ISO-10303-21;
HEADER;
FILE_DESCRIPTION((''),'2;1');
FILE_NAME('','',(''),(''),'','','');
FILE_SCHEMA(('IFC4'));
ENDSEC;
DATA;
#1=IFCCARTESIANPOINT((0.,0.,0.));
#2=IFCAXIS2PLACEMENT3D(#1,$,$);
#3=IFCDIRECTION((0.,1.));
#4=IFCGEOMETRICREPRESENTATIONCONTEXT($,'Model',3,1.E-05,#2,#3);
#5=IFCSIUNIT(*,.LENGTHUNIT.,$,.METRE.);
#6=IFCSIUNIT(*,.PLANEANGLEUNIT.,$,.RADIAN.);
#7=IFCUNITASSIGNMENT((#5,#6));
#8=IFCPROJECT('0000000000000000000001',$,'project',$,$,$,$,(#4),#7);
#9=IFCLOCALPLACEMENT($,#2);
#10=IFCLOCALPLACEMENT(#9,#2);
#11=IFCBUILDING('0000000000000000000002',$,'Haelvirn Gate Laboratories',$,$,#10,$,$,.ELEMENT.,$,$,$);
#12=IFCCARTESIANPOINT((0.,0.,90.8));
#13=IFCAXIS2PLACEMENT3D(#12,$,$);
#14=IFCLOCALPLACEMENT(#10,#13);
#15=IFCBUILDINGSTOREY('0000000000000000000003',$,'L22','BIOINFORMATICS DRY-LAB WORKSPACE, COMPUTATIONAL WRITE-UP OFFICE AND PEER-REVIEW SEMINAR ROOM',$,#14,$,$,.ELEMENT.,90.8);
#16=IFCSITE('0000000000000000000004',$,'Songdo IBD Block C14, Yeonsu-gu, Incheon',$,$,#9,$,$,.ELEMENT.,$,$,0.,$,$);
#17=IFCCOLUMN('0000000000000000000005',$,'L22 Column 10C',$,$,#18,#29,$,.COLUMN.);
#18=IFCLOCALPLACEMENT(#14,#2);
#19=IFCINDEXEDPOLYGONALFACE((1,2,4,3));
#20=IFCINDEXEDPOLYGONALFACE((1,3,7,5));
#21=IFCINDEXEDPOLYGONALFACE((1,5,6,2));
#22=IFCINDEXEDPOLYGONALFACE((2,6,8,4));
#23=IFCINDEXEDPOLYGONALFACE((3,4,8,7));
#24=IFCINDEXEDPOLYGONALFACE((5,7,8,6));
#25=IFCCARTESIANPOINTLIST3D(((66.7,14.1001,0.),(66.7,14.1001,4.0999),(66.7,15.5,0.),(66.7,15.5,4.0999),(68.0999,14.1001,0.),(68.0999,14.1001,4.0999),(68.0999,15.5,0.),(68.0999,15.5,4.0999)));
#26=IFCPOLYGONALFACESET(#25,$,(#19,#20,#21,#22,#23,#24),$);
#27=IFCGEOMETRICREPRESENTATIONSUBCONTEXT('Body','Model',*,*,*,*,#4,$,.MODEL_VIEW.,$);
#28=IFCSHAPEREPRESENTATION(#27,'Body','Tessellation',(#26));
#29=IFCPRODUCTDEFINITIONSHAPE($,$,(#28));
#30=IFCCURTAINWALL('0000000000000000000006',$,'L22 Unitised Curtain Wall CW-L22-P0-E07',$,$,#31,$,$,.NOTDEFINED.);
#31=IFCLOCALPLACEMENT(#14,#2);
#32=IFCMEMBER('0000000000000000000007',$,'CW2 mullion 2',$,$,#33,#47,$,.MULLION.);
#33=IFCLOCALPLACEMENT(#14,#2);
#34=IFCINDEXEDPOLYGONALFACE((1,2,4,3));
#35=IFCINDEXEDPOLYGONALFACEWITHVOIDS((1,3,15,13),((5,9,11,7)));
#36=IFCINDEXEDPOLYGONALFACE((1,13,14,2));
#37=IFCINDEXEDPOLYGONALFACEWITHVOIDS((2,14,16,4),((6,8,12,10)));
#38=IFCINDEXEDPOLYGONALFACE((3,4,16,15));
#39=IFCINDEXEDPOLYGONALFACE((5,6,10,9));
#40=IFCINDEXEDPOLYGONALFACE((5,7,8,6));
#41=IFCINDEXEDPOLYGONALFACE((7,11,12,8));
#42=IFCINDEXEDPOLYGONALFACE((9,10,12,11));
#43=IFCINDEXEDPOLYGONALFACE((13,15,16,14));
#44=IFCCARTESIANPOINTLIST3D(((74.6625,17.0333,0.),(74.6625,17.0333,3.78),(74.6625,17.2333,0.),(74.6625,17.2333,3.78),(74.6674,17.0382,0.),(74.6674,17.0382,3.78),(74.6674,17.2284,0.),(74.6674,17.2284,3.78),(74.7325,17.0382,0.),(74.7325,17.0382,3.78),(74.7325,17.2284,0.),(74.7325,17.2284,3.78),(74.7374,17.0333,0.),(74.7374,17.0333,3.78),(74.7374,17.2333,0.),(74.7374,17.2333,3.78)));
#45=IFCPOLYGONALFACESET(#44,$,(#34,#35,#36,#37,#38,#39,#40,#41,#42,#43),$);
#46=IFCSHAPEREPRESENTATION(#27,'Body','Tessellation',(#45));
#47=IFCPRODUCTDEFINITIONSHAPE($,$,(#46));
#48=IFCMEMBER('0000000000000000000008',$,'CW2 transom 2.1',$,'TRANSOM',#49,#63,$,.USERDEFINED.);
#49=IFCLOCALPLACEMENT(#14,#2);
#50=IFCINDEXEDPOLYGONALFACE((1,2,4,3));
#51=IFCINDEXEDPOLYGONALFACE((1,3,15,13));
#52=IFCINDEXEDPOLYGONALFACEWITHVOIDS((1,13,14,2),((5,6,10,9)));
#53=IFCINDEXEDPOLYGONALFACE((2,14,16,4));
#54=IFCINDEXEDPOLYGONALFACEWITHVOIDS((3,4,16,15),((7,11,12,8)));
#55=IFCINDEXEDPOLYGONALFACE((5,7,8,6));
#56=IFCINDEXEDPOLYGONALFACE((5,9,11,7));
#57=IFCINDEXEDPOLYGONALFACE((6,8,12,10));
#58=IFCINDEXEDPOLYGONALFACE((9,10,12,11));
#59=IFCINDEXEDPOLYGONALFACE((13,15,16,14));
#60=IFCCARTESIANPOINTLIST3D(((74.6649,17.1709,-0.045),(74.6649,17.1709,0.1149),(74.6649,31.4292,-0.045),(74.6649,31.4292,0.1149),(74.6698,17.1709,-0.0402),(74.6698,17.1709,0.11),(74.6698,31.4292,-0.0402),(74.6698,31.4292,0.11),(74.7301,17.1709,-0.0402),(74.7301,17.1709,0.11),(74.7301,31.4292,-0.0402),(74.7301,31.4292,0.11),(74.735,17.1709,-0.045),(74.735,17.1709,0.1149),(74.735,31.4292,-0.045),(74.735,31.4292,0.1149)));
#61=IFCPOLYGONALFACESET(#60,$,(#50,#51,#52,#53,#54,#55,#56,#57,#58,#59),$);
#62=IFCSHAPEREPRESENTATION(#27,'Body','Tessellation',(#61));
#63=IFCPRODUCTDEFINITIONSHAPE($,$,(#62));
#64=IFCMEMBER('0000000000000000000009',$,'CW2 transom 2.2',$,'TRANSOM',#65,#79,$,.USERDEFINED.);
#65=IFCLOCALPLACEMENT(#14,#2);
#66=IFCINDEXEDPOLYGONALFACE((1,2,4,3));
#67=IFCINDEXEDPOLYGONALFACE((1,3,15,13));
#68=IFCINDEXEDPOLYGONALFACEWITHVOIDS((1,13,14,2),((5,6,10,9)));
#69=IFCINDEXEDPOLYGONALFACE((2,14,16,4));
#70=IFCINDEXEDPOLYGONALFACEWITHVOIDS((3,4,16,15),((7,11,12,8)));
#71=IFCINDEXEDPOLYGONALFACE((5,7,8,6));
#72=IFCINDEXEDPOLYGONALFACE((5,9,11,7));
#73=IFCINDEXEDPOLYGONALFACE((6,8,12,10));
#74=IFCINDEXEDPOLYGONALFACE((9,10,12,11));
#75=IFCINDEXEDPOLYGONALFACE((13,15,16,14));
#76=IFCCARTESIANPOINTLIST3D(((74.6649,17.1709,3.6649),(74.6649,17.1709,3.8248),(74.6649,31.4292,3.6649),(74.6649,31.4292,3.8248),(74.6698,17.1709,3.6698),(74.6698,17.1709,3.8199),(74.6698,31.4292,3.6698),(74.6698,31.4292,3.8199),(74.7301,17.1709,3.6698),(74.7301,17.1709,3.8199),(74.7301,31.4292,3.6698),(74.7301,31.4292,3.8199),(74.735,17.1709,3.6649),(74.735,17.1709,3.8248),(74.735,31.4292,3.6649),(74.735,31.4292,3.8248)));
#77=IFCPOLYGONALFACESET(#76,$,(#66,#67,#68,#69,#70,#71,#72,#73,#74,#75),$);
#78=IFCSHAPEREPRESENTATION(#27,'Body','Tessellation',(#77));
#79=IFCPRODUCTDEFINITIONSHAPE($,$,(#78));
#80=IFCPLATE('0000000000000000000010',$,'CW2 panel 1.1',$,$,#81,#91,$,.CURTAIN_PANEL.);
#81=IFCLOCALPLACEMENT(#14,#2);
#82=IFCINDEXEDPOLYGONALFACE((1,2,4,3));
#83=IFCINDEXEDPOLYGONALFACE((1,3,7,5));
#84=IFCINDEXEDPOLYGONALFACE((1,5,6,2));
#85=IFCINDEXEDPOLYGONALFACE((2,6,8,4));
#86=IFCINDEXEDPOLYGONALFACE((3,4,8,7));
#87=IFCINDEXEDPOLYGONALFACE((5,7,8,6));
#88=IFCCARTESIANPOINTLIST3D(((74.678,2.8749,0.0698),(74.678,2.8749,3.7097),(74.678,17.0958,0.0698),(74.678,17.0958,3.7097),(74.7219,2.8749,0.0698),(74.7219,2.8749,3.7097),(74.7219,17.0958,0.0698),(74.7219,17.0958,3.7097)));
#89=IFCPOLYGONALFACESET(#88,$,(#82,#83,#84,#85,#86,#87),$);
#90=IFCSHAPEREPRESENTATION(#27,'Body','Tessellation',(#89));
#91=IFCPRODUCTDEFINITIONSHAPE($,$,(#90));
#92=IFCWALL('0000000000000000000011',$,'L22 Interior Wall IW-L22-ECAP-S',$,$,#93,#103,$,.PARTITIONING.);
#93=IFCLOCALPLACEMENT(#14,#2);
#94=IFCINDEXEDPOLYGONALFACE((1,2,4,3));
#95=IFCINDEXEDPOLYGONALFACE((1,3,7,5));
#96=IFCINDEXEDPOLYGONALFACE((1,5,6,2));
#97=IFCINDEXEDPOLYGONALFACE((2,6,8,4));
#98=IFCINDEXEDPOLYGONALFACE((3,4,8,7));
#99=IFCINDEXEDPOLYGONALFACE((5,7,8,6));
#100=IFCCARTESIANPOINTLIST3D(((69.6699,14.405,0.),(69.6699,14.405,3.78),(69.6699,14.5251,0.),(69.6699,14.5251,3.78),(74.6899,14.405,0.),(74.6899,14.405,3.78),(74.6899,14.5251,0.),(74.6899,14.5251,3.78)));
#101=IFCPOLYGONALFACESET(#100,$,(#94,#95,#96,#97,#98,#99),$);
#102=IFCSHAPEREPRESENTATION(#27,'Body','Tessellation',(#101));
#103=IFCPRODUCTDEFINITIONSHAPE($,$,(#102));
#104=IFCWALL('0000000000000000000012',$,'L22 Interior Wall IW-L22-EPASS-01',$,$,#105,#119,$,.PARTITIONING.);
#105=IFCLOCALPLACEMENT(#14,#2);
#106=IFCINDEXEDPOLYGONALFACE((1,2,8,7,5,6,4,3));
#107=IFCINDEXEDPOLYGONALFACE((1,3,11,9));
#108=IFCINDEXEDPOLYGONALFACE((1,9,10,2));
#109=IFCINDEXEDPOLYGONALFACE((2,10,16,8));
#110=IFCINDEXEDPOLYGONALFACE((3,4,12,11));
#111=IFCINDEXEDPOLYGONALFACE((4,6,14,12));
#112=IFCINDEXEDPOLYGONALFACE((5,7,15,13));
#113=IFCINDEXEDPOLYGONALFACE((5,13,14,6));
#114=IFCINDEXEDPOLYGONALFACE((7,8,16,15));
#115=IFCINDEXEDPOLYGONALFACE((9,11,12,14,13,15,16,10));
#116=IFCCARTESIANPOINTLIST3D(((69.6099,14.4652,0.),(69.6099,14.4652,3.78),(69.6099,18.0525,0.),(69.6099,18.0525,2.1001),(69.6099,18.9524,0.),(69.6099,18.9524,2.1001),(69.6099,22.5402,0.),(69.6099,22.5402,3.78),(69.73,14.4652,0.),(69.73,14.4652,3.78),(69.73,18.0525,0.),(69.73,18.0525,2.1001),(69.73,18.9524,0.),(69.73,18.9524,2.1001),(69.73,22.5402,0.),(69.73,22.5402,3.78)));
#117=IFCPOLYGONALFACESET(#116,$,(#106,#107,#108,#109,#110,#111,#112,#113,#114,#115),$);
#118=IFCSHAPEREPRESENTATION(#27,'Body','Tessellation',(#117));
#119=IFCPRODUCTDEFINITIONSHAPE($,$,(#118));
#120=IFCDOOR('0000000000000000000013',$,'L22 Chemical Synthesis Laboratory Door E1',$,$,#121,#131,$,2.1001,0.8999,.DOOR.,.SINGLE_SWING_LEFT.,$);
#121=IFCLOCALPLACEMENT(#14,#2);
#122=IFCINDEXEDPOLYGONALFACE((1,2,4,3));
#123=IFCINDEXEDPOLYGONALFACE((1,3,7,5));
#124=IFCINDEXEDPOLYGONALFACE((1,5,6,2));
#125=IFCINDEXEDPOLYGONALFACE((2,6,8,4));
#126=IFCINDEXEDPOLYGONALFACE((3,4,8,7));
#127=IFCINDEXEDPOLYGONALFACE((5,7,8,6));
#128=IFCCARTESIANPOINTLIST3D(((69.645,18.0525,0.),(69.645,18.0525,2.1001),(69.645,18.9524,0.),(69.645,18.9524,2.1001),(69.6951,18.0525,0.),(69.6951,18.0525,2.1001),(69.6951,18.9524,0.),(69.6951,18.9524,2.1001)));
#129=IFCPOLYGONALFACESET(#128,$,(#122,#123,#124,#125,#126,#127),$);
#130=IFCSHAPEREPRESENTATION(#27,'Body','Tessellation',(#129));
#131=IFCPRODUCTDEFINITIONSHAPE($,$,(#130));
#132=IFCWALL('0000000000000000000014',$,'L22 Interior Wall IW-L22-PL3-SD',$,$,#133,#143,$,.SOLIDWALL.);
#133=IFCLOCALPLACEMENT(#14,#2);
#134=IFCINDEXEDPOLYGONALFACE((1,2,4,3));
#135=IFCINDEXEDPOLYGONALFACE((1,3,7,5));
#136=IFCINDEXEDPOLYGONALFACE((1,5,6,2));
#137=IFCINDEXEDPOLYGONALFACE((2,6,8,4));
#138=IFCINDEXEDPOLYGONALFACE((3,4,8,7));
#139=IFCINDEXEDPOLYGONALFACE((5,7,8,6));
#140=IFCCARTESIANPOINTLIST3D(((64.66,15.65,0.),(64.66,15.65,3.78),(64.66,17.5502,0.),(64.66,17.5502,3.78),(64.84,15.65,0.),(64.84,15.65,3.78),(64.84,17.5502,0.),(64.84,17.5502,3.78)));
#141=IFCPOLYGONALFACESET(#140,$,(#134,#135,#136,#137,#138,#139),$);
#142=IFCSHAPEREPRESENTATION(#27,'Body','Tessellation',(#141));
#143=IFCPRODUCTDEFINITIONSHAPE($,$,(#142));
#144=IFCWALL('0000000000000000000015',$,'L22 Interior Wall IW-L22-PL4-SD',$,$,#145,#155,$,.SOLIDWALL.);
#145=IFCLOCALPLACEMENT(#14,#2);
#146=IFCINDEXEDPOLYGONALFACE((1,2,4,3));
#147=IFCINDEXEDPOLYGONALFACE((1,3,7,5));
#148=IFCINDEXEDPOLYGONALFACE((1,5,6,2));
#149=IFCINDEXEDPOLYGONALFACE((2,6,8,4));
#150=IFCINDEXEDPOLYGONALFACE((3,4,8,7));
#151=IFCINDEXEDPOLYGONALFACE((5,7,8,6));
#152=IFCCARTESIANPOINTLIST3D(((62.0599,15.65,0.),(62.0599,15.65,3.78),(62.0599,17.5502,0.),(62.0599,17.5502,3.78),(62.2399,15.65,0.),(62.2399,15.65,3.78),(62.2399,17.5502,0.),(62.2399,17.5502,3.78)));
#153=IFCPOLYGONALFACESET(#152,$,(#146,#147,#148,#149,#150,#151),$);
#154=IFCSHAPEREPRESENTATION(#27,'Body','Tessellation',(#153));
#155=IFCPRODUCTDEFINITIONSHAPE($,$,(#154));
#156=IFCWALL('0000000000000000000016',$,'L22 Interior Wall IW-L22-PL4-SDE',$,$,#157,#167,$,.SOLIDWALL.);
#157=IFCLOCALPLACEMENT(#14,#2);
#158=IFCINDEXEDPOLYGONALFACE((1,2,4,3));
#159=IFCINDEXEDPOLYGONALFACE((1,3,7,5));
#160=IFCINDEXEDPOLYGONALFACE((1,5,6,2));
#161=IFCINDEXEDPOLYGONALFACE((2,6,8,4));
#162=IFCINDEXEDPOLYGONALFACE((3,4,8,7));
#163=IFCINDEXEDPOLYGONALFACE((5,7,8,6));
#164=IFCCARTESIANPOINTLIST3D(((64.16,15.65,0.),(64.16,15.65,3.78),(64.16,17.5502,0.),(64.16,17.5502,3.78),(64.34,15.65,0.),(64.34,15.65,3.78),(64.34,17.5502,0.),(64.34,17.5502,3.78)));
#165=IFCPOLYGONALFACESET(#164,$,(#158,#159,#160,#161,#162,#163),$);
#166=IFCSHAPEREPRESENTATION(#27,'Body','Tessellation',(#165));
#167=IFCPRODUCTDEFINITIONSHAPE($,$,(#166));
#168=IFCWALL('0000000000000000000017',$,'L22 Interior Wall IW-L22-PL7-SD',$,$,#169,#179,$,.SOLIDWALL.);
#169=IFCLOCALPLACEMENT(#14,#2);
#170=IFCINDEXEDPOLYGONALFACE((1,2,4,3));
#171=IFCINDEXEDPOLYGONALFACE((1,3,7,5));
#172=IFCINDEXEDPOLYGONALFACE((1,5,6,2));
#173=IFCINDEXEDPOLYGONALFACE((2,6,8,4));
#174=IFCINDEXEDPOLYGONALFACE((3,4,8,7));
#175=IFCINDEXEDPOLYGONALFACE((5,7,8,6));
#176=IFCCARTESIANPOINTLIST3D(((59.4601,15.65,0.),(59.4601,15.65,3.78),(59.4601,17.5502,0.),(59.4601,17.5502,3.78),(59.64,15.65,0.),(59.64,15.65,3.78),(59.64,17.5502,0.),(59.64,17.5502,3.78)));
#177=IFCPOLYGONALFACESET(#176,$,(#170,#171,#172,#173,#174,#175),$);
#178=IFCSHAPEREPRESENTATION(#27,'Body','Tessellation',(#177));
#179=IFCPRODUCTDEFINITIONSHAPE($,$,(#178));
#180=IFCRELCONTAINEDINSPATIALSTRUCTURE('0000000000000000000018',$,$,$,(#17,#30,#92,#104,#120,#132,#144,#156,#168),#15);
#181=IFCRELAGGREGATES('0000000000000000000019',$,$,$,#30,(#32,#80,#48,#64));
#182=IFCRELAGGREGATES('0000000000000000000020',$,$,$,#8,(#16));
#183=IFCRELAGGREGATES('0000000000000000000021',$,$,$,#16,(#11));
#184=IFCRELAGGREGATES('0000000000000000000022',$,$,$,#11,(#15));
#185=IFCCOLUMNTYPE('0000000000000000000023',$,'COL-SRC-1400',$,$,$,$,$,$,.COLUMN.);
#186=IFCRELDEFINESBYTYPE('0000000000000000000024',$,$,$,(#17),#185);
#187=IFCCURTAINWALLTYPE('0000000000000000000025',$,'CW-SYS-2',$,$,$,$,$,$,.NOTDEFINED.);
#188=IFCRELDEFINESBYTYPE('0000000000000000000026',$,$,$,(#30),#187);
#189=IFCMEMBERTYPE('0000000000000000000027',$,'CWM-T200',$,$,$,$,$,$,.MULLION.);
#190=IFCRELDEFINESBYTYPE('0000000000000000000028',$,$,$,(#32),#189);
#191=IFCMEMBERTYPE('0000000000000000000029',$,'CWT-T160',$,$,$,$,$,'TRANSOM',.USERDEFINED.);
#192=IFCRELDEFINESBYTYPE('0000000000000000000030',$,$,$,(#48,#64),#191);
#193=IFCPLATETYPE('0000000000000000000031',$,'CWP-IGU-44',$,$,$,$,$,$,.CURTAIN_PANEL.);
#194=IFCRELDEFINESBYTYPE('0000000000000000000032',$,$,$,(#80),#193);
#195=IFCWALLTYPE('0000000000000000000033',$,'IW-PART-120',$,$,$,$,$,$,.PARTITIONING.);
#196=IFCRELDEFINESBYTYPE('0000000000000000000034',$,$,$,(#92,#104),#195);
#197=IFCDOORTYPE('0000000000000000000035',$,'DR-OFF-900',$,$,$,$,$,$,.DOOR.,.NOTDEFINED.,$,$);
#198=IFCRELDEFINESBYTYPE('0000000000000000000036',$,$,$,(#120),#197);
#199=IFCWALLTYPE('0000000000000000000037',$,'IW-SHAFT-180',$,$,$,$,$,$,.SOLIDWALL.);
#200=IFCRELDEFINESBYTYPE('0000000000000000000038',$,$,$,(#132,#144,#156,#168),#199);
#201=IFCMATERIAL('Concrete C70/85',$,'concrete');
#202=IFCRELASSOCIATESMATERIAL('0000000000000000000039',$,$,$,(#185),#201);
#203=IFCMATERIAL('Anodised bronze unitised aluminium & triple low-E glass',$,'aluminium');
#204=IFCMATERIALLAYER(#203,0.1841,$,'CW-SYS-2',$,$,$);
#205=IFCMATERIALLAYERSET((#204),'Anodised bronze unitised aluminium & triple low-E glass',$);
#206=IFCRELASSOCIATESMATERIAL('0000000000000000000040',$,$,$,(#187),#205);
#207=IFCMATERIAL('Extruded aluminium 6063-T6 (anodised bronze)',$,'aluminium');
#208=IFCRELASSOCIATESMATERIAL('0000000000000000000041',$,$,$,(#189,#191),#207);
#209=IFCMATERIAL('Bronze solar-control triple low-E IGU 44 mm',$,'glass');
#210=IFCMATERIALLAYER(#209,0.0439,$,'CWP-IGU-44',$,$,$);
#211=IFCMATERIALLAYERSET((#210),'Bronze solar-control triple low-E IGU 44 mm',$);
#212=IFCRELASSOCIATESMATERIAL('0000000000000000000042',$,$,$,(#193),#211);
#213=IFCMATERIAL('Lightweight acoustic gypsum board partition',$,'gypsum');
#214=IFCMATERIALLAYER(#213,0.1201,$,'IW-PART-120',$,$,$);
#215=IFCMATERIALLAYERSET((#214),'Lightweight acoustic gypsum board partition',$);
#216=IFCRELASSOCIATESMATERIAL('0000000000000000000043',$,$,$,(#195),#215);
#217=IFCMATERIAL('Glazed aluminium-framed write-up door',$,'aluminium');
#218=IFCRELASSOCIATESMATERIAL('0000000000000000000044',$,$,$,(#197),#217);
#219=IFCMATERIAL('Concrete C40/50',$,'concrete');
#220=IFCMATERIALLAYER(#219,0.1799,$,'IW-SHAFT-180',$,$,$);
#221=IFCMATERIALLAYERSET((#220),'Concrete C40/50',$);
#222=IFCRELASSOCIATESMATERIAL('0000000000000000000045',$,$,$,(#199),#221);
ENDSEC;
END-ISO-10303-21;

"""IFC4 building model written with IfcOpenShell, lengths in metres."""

from ifc_helpers import new_model, si_unit, direction, frame, frame_2d, origin, origin_2d, place, context, subcontext, project, spatial, rectangle, hollow_rectangle, extrude, source, transform, mapped, material, layer, layer_set, material_profile, profile_set, type_object, type_shapes, element, fill, aggregate, save


model = new_model("IFC4")

# Units and contexts
model_context = context("Model", 3, precision=1e-05, world=origin(), true_north=direction((0.0, 1.0)))
body_context = subcontext(model_context, "Body", "Model", "MODEL_VIEW")
ifc_project = project(units=[si_unit("LENGTHUNIT", "METRE"), si_unit("PLANEANGLEUNIT", "RADIAN")], contexts=[model_context])

# Site, building, storey
site_placement = place(None, origin())
site = spatial("IfcSite", under=ifc_project, at=site_placement, Name="Songdo IBD Block C14, Yeonsu-gu, Incheon", CompositionType="ELEMENT", RefElevation=0.0)
building_placement = place(site_placement, origin())
building = spatial("IfcBuilding", under=site, at=building_placement, Name="Haelvirn Gate Laboratories", CompositionType="ELEMENT")
storey_placement = place(building_placement, frame((0.0, 0.0, 90.8)))
storey = spatial("IfcBuildingStorey", under=building, at=storey_placement, Name="L22", Description="BIOINFORMATICS DRY-LAB WORKSPACE, COMPUTATIONAL WRITE-UP OFFICE AND PEER-REVIEW SEMINAR ROOM", CompositionType="ELEMENT", Elevation=90.8)

# Column
ifc_material_1 = material(Name="Concrete C70/85", Category="concrete")
ifc_material_profile_1 = material_profile(ifc_material_1, rectangle(XDim=1.3999, YDim=1.3999, at=origin_2d()), Name="SRC-1400x1400")
ifc_profile_set_1 = profile_set([ifc_material_profile_1], Name="Concrete C70/85")
column_type = type_object("IfcColumnType", Name="COL-SRC-1400", PredefinedType="COLUMN", material=ifc_profile_set_1)
shared_shape_1 = source(origin(), body_context, "Body", "SweptSolid", [
    extrude(rectangle(XDim=1.3999, YDim=1.3999, at=origin_2d()), origin(), (0.0, 0.0, 1.0), 4.0999),
])
type_shapes(column_type, [shared_shape_1])
column_placement = place(storey_placement, frame((67.3999, 14.8, 0.0), z_axis=(0.0, 0.0, 1.0), x_axis=(1.0, 0.0, 0.0)))
element("IfcColumn", 1, at=column_placement, inside=storey, type_object=column_type, Name="L22 Column 10C", PredefinedType="COLUMN", context=body_context, shape_type="MappedRepresentation", body=[
    mapped(shared_shape_1, transform((0.0, 0.0, 0.0), scale=1.0)),
])

# Curtain wall, members, plate
ifc_material_2 = material(Name="Anodised bronze unitised aluminium & triple low-E glass", Category="aluminium")
ifc_layer_1 = layer(ifc_material_2, 0.1841, Name="CW-SYS-2")
ifc_layer_set_1 = layer_set([ifc_layer_1], Name="Anodised bronze unitised aluminium & triple low-E glass")
curtain_wall_type = type_object("IfcCurtainWallType", Name="CW-SYS-2", PredefinedType="NOTDEFINED", material=ifc_layer_set_1)
curtain_wall_placement = place(storey_placement, origin())
curtain_wall = element("IfcCurtainWall", 2, at=curtain_wall_placement, inside=storey, type_object=curtain_wall_type, Name="L22 Unitised Curtain Wall CW-L22-P0-E07", PredefinedType="NOTDEFINED")
ifc_material_3 = material(Name="Extruded aluminium 6063-T6 (anodised bronze)", Category="aluminium")
ifc_material_profile_2 = material_profile(ifc_material_3, hollow_rectangle(XDim=0.075, YDim=0.2, WallThickness=0.0049, at=origin_2d()), Name="CWM-200x75x5")
ifc_profile_set_2 = profile_set([ifc_material_profile_2], Name="Extruded aluminium 6063-T6 (anodised bronze)")
member_type_1 = type_object("IfcMemberType", Name="CWM-T200", PredefinedType="MULLION", material=ifc_profile_set_2)
shared_shape_2 = source(origin(), body_context, "Body", "SweptSolid", [
    extrude(hollow_rectangle(XDim=0.075, YDim=0.2, WallThickness=0.0049, at=origin_2d()), origin(), (0.0, 0.0, 1.0), 3.78),
])
type_shapes(member_type_1, [shared_shape_2])
member_1_placement = place(storey_placement, frame((74.7, 17.1333, 0.0), z_axis=(0.0, 0.0, 1.0), x_axis=(-1.0, 0.0, 0.0)))
member_1 = element("IfcMember", 3, at=member_1_placement, type_object=member_type_1, Name="CW2 mullion 2", PredefinedType="MULLION", context=body_context, shape_type="MappedRepresentation", body=[
    mapped(shared_shape_2, transform((0.0, 0.0, 0.0), scale=1.0)),
])
ifc_material_profile_3 = material_profile(ifc_material_3, hollow_rectangle(XDim=0.0701, YDim=0.1599, WallThickness=0.0049, at=origin_2d()), Name="CWT-160x70x5")
ifc_profile_set_3 = profile_set([ifc_material_profile_3], Name="Extruded aluminium 6063-T6 (anodised bronze)")
member_type_2 = type_object("IfcMemberType", Name="CWT-T160", ElementType="TRANSOM", PredefinedType="USERDEFINED", material=ifc_profile_set_3)
shared_shape_3 = source(origin(), body_context, "Body", "SweptSolid", [
    extrude(hollow_rectangle(XDim=0.0701, YDim=0.1599, WallThickness=0.0049, at=origin_2d()), origin(), (0.0, 0.0, 1.0), 14.2583),
])
type_shapes(member_type_2, [shared_shape_3])
member_2_placement = place(storey_placement, frame((74.7, 17.1709, 0.0349), z_axis=(0.0, 1.0, 0.0), x_axis=(-1.0, 0.0, 0.0)))
member_2 = element("IfcMember", 4, at=member_2_placement, type_object=member_type_2, Name="CW2 transom 2.1", ObjectType="TRANSOM", PredefinedType="USERDEFINED", context=body_context, shape_type="MappedRepresentation", body=[
    mapped(shared_shape_3, transform((0.0, 0.0, 0.0), scale=1.0)),
])
member_3_placement = place(storey_placement, frame((74.7, 17.1709, 3.7449), z_axis=(0.0, 1.0, 0.0), x_axis=(-1.0, 0.0, 0.0)))
member_3 = element("IfcMember", 5, at=member_3_placement, type_object=member_type_2, Name="CW2 transom 2.2", ObjectType="TRANSOM", PredefinedType="USERDEFINED", context=body_context, shape_type="MappedRepresentation", body=[
    mapped(shared_shape_3, transform((0.0, 0.0, 0.0), scale=1.0)),
])
ifc_material_4 = material(Name="Bronze solar-control triple low-E IGU 44 mm", Category="glass")
ifc_layer_2 = layer(ifc_material_4, 0.0439, Name="CWP-IGU-44")
ifc_layer_set_2 = layer_set([ifc_layer_2], Name="Bronze solar-control triple low-E IGU 44 mm")
plate_type = type_object("IfcPlateType", Name="CWP-IGU-44", PredefinedType="CURTAIN_PANEL", material=ifc_layer_set_2)
shared_shape_4 = source(origin(), body_context, "Body", "SweptSolid", [
    extrude(rectangle(XDim=14.2209, YDim=0.0439, at=origin_2d()), origin(), (0.0, 0.0, 1.0), 3.6399),
])
type_shapes(plate_type, [shared_shape_4])
plate_placement = place(storey_placement, frame((74.7, 9.9854, 0.0698), z_axis=(0.0, 0.0, 1.0), x_axis=(0.0, 1.0, 0.0)))
plate = element("IfcPlate", 6, at=plate_placement, type_object=plate_type, Name="CW2 panel 1.1", PredefinedType="CURTAIN_PANEL", context=body_context, shape_type="MappedRepresentation", body=[
    mapped(shared_shape_4, transform((0.0, 0.0, 0.0), scale=1.0)),
])
aggregate(curtain_wall, [member_1, plate, member_2, member_3])

# Wall
ifc_material_5 = material(Name="Lightweight acoustic gypsum board partition", Category="gypsum")
ifc_layer_3 = layer(ifc_material_5, 0.1201, Name="IW-PART-120")
ifc_layer_set_3 = layer_set([ifc_layer_3], Name="Lightweight acoustic gypsum board partition")
wall_type_1 = type_object("IfcWallType", Name="IW-PART-120", PredefinedType="PARTITIONING", material=ifc_layer_set_3)
wall_1_placement = place(storey_placement, frame((69.6699, 14.4651, 0.0), z_axis=(0.0, 0.0, 1.0), x_axis=(1.0, 0.0, 0.0)))
element("IfcWall", 7, at=wall_1_placement, inside=storey, type_object=wall_type_1, Name="L22 Interior Wall IW-L22-ECAP-S", PredefinedType="PARTITIONING", context=body_context, shape_type="SweptSolid", body=[
    extrude(rectangle(XDim=5.02, YDim=0.1201, at=frame_2d((2.51, 0.0))), origin(), (0.0, 0.0, 1.0), 3.78),
])

# Wall, opening, door
wall_2_placement = place(storey_placement, frame((69.6699, 14.4651, 0.0), z_axis=(0.0, 0.0, 1.0), x_axis=(0.0, 1.0, 0.0)))
wall_2 = element("IfcWall", 8, at=wall_2_placement, inside=storey, type_object=wall_type_1, Name="L22 Interior Wall IW-L22-EPASS-01", PredefinedType="PARTITIONING", context=body_context, shape_type="SweptSolid", body=[
    extrude(rectangle(XDim=8.075, YDim=0.1201, at=frame_2d((4.0376, 0.0))), origin(), (0.0, 0.0, 1.0), 3.78),
])
opening_1_placement = place(wall_2_placement, frame((3.5874, 0.0, 0.0)))
opening_1 = element("IfcOpeningElement", 9, at=opening_1_placement, cuts=wall_2, PredefinedType="OPENING", context=body_context, shape_type="SweptSolid", body=[
    extrude(rectangle(XDim=0.8999, YDim=2.1001, at=frame_2d((0.45, 1.05))), frame((0.0, 0.0701, 0.0), z_axis=(0.0, -1.0, 0.0), x_axis=(1.0, 0.0, 0.0)), (0.0, 0.0, 1.0), 0.1401),
])
ifc_material_6 = material(Name="Glazed aluminium-framed write-up door", Category="aluminium")
door_type_1 = type_object("IfcDoorType", Name="DR-OFF-900", OperationType="NOTDEFINED", PredefinedType="DOOR", material=ifc_material_6)
shared_shape_5 = source(origin(), body_context, "Body", "SweptSolid", [
    extrude(rectangle(XDim=0.8999, YDim=2.1001, at=frame_2d((0.45, 1.05))), frame((0.0, 0.0249, 0.0), z_axis=(0.0, -1.0, 0.0), x_axis=(1.0, 0.0, 0.0)), (0.0, 0.0, 1.0), 0.05),
])
type_shapes(door_type_1, [shared_shape_5])
door_1_placement = place(opening_1_placement, origin())
door_1 = element("IfcDoor", 10, at=door_1_placement, inside=storey, type_object=door_type_1, Name="L22 Chemical Synthesis Laboratory Door E1", OperationType="SINGLE_SWING_LEFT", OverallHeight=2.1001, OverallWidth=0.8999, PredefinedType="DOOR", context=body_context, shape_type="MappedRepresentation", body=[
    mapped(shared_shape_5, transform((0.0, 0.0, 0.0), scale=1.0)),
])
fill(opening_1, door_1)

# Walls
ifc_material_7 = material(Name="Concrete C40/50", Category="concrete")
ifc_layer_4 = layer(ifc_material_7, 0.1799, Name="IW-SHAFT-180")
ifc_layer_set_4 = layer_set([ifc_layer_4], Name="Concrete C40/50")
wall_type_2 = type_object("IfcWallType", Name="IW-SHAFT-180", PredefinedType="SOLIDWALL", material=ifc_layer_set_4)
for number, where, z_axis, x_axis, name in (
    (11, (64.75, 15.6499, 0.0), (0.0, 0.0, 1.0), (0.0, 1.0, 0.0), "L22 Interior Wall IW-L22-PL3-SD"),
    (12, (62.1499, 15.6499, 0.0), (0.0, 0.0, 1.0), (0.0, 1.0, 0.0), "L22 Interior Wall IW-L22-PL4-SD"),
    (13, (64.25, 15.6499, 0.0), (0.0, 0.0, 1.0), (0.0, 1.0, 0.0), "L22 Interior Wall IW-L22-PL4-SDE"),
    (14, (59.55, 15.6499, 0.0), (0.0, 0.0, 1.0), (0.0, 1.0, 0.0), "L22 Interior Wall IW-L22-PL7-SD"),
):
    element("IfcWall", number, at=place(storey_placement, frame(where, z_axis=z_axis, x_axis=x_axis)), inside=storey, type_object=wall_type_2, Name=name, PredefinedType="SOLIDWALL", context=body_context, shape_type="SweptSolid", body=[
        extrude(rectangle(XDim=1.9001, YDim=0.1799, at=frame_2d((0.9502, 0.0))), origin(), (0.0, 0.0, 1.0), 3.78),
    ])

save(model, "model.ifc")
